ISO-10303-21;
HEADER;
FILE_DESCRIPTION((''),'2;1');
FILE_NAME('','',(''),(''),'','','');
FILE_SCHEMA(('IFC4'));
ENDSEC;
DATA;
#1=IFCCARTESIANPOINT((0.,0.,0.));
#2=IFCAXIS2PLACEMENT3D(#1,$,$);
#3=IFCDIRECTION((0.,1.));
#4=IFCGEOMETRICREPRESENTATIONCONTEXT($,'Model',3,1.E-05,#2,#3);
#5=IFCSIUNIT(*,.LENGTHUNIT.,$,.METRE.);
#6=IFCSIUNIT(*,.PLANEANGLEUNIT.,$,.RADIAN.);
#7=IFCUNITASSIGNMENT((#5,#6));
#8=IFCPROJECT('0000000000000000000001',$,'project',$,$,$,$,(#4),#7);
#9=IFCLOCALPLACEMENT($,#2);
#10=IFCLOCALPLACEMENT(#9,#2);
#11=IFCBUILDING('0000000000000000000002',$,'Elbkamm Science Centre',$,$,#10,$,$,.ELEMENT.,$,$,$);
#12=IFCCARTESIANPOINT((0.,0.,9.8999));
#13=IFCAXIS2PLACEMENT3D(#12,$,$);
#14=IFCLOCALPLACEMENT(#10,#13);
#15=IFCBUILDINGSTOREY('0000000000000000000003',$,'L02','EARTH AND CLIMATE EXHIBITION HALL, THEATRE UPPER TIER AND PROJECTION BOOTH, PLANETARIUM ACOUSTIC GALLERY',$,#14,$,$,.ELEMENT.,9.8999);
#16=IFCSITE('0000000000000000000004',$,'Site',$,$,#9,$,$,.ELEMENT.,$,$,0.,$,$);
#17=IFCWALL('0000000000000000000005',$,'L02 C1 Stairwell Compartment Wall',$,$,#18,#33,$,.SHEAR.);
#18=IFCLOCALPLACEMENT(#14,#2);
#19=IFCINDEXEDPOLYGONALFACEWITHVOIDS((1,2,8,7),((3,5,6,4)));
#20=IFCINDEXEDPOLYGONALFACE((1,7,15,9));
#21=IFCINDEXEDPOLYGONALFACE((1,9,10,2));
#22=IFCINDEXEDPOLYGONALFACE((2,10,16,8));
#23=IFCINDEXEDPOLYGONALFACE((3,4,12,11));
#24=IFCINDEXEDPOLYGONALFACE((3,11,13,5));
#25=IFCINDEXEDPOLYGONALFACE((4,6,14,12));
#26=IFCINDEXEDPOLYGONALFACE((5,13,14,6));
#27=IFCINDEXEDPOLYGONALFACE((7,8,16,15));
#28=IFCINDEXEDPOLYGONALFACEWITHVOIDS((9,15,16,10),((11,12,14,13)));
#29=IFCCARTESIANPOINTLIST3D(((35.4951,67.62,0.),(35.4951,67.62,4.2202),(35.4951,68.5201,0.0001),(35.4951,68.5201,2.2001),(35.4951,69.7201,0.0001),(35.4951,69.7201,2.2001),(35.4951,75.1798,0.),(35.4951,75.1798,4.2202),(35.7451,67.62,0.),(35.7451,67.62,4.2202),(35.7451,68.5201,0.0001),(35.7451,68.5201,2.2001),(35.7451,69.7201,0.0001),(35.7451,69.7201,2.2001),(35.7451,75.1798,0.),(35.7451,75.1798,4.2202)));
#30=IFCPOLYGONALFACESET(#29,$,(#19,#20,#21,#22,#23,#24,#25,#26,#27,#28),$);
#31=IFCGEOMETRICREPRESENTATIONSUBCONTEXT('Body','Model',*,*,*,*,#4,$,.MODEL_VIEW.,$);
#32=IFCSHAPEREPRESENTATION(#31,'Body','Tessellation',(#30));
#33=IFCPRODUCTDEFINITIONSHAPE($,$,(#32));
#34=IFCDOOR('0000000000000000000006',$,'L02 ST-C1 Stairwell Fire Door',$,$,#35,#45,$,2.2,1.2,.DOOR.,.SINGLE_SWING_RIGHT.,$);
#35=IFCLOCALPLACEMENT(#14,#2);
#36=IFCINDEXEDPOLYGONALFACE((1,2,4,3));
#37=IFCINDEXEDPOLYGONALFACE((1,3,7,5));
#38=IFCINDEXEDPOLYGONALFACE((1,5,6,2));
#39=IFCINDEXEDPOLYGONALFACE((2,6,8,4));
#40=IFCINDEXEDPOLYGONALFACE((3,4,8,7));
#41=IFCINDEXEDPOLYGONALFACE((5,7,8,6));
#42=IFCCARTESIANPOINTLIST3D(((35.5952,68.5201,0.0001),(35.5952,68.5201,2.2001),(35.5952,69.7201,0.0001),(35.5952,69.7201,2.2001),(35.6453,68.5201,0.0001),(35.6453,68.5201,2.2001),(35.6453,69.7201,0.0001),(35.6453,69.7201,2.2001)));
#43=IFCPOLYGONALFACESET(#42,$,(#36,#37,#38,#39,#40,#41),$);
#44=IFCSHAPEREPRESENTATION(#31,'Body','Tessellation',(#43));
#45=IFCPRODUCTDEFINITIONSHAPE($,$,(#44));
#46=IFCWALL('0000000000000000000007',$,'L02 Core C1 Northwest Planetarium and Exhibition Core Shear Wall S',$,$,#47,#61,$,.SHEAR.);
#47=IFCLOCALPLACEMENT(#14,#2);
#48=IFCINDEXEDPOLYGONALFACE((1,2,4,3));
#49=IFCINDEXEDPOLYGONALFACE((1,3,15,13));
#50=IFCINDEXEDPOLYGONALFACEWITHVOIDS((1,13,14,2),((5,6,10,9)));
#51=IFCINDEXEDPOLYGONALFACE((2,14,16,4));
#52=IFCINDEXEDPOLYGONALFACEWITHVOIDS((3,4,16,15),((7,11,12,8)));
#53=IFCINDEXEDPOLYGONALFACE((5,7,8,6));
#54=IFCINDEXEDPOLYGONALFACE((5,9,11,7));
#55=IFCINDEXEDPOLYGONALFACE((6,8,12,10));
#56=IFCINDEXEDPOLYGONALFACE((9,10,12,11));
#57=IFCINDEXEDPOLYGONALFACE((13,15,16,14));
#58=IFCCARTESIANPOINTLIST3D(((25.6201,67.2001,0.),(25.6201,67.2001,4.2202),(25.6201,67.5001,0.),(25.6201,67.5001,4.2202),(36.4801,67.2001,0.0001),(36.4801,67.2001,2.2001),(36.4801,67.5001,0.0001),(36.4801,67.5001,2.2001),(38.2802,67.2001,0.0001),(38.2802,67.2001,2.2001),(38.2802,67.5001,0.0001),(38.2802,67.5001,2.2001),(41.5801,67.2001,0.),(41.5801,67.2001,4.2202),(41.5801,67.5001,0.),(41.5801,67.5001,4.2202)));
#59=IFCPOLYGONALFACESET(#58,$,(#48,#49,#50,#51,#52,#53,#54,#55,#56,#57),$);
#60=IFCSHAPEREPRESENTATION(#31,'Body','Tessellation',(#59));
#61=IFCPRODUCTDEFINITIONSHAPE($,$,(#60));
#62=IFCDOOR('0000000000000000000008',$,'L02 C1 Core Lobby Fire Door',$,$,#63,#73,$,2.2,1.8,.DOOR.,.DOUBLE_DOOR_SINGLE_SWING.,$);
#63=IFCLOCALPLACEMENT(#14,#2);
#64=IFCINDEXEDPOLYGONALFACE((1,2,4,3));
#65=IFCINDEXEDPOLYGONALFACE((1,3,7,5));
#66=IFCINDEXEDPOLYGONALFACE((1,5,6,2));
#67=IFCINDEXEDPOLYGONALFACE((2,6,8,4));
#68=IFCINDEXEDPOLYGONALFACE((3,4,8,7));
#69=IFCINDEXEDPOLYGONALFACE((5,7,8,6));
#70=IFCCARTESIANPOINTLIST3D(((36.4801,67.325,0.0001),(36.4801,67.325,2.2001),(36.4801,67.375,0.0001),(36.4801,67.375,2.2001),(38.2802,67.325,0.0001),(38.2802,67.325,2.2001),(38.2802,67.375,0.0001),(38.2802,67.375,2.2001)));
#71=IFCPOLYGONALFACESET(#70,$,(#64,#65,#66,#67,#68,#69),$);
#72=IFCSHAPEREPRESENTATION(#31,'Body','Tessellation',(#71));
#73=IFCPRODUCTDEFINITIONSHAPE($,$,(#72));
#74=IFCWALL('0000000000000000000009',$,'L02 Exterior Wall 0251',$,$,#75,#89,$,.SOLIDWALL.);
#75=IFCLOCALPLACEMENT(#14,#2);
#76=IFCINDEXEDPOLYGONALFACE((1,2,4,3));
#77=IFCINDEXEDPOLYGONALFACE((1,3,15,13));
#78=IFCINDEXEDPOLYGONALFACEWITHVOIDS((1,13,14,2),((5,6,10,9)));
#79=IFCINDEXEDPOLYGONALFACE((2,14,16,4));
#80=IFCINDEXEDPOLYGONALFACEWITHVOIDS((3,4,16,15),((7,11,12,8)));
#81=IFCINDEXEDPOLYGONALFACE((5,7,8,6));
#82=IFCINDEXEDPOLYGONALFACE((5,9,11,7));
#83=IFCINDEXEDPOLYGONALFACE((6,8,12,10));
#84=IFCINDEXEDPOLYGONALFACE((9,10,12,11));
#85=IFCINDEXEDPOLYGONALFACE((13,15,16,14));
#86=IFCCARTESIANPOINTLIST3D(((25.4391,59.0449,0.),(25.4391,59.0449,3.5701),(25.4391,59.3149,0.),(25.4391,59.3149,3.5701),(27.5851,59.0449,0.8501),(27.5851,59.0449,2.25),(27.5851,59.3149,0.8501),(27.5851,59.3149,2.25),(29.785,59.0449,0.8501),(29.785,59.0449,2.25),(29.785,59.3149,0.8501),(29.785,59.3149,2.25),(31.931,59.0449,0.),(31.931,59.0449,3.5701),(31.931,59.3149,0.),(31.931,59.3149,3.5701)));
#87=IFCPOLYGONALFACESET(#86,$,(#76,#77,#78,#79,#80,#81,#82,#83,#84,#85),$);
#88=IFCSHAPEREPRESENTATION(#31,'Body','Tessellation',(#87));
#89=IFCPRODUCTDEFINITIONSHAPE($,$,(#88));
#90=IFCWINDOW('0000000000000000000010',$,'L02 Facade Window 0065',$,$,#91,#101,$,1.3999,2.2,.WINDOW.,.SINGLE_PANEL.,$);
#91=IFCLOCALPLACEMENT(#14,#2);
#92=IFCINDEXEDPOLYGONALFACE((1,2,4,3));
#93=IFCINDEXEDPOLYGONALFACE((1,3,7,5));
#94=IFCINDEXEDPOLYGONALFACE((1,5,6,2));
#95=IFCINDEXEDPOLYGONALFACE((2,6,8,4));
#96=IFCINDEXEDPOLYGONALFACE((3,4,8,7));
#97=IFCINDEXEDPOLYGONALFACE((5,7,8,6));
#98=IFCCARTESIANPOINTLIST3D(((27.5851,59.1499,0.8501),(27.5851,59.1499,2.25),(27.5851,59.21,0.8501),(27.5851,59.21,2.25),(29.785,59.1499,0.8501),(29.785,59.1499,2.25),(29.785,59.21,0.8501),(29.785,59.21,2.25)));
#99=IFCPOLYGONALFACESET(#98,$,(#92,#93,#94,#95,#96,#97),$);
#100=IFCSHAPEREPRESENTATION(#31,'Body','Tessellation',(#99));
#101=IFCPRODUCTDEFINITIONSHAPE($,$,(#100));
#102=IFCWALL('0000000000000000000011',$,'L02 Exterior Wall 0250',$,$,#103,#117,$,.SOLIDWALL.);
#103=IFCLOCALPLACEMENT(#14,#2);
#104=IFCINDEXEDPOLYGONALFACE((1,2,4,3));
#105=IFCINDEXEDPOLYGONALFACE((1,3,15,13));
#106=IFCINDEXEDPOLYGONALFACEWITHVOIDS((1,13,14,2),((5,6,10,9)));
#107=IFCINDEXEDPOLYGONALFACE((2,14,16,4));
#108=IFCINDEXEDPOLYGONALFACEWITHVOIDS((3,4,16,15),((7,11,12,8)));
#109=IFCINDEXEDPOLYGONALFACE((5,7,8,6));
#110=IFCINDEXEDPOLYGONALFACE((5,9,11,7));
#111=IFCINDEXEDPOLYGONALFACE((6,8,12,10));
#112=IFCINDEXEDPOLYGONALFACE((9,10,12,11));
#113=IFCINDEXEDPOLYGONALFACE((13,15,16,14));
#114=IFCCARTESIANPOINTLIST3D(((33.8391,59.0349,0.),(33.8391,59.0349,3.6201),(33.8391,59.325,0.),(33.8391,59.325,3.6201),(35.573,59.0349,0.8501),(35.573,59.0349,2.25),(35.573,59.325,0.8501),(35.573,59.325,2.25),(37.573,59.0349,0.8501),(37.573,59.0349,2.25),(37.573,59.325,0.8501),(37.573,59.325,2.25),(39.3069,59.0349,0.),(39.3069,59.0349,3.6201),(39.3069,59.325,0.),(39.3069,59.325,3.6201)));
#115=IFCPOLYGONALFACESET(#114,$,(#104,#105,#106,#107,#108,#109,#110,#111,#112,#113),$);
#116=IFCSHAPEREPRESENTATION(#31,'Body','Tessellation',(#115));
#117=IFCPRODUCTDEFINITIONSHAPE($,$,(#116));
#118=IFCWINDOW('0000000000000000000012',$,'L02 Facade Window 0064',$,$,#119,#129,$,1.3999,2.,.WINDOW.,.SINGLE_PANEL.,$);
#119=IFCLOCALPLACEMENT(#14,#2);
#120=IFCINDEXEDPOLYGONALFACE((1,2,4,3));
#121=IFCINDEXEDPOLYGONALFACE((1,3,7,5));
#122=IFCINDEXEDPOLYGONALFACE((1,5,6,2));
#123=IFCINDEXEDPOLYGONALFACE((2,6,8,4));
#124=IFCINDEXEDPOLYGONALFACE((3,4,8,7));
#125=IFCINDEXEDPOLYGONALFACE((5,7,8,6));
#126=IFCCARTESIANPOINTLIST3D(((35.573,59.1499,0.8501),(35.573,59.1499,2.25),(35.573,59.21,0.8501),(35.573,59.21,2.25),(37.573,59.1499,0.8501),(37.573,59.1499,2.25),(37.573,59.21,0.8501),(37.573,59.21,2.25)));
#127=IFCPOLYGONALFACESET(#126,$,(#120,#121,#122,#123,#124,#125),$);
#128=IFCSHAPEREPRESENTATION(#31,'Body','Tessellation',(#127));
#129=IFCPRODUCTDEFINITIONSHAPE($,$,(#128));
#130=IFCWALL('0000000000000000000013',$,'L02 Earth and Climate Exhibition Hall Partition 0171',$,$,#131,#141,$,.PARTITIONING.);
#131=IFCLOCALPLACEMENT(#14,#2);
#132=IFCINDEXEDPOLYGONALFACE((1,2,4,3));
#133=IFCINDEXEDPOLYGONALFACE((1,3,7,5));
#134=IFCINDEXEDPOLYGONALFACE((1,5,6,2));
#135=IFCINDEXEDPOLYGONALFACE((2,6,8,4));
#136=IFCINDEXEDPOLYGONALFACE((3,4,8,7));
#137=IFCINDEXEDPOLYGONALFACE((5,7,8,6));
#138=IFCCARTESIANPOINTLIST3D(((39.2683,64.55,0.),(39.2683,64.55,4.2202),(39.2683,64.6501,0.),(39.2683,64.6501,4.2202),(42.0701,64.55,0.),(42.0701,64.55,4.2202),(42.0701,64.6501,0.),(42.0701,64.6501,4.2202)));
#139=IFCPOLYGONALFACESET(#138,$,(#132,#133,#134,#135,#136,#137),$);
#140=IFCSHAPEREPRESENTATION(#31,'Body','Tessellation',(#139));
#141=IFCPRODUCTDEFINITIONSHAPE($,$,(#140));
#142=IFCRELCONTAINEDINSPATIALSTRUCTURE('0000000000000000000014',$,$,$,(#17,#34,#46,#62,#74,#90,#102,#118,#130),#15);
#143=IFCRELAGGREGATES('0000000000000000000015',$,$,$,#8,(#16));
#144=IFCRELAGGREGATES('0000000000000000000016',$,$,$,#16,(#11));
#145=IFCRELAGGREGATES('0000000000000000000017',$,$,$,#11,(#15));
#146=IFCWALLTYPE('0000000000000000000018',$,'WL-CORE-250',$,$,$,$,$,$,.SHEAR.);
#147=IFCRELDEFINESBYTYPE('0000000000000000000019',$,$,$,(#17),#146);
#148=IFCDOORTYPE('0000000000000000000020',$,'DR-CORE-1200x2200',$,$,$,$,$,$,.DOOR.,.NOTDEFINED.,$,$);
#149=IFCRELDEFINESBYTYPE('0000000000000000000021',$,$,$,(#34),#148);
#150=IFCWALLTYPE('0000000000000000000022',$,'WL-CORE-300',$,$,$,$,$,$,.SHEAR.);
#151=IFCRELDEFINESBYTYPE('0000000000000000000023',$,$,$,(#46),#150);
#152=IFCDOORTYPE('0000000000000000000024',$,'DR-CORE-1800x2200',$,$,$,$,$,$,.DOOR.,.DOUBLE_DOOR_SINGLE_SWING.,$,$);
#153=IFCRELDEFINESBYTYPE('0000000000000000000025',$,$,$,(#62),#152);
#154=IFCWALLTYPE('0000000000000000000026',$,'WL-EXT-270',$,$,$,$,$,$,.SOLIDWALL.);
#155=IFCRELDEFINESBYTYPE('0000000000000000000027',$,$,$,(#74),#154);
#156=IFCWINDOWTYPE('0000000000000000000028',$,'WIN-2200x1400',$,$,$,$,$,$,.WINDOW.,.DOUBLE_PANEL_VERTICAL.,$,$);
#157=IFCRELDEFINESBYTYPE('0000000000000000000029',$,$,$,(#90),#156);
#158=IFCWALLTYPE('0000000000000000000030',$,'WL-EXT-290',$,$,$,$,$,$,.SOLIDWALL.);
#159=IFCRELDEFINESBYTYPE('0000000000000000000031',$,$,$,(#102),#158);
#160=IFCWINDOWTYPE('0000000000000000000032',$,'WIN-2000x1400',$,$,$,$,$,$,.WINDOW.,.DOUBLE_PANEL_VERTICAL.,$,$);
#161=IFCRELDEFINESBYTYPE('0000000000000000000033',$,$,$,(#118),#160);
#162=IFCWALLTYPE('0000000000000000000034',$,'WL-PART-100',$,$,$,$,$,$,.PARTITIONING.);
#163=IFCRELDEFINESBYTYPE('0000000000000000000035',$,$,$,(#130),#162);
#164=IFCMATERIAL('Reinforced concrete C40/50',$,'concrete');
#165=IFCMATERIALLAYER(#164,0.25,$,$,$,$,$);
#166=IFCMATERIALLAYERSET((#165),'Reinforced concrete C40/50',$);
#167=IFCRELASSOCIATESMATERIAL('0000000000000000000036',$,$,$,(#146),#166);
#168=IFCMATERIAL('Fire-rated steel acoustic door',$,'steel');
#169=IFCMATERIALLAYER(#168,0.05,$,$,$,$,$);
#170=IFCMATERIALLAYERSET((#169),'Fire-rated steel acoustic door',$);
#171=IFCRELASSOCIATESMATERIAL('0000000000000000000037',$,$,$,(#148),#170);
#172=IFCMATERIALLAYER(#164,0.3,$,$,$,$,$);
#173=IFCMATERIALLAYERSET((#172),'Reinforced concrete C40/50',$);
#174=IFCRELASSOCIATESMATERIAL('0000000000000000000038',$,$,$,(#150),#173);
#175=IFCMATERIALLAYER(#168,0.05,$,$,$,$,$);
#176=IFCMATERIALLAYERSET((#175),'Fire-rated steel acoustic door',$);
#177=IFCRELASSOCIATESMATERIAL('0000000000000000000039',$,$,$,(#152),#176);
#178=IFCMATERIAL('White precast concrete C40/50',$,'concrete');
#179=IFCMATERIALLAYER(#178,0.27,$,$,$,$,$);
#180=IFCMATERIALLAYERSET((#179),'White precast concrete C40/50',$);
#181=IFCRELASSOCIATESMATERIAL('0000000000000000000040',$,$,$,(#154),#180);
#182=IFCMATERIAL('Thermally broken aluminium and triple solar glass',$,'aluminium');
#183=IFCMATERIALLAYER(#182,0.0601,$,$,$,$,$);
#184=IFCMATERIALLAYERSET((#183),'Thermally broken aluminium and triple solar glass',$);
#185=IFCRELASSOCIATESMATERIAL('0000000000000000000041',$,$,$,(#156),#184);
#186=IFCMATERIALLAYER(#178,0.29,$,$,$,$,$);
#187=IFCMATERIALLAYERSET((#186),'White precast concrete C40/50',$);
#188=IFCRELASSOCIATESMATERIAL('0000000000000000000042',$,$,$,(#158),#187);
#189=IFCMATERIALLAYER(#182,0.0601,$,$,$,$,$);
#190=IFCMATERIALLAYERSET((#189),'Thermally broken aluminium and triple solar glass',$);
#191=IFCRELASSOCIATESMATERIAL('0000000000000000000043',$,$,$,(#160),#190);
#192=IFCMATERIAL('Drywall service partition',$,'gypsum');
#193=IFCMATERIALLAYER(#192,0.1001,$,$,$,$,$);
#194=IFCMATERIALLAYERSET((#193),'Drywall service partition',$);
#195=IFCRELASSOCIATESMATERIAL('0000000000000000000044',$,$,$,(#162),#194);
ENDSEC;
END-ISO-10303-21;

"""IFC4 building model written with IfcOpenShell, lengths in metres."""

from ifc_helpers import new_model, si_unit, direction, frame, frame_2d, origin, place, context, subcontext, project, spatial, rectangle, extrude, material, layer, layer_set, type_object, element, fill, save


model = new_model("IFC4")

# Units and contexts
model_context = context("Model", 3, precision=1e-05, world=origin(), true_north=direction((0.0, 1.0)))
body_context = subcontext(model_context, "Body", "Model", "MODEL_VIEW")
ifc_project = project(units=[si_unit("LENGTHUNIT", "METRE"), si_unit("PLANEANGLEUNIT", "RADIAN")], contexts=[model_context])

# Site, building, storey
site_placement = place(None, origin())
site = spatial("IfcSite", under=ifc_project, at=site_placement, Name="Site", CompositionType="ELEMENT", RefElevation=0.0)
building_placement = place(site_placement, origin())
building = spatial("IfcBuilding", under=site, at=building_placement, Name="Elbkamm Science Centre", CompositionType="ELEMENT")
storey_placement = place(building_placement, frame((0.0, 0.0, 9.8999)))
storey = spatial("IfcBuildingStorey", under=building, at=storey_placement, Name="L02", Description="EARTH AND CLIMATE EXHIBITION HALL, THEATRE UPPER TIER AND PROJECTION BOOTH, PLANETARIUM ACOUSTIC GALLERY", CompositionType="ELEMENT", Elevation=9.8999)

# Shared definitions
ifc_material_1 = material(Name="Reinforced concrete C40/50", Category="concrete")
ifc_layer_1 = layer(ifc_material_1, 0.25)
ifc_layer_set_1 = layer_set([ifc_layer_1], Name="Reinforced concrete C40/50")
wall_type_1 = type_object("IfcWallType", Name="WL-CORE-250", PredefinedType="SHEAR", material=ifc_layer_set_1)

# Walls, openings, doors
wall_1_placement = place(storey_placement, frame((35.6201, 67.6201, 0.0), z_axis=(0.0, 0.0, 1.0), x_axis=(0.0, 1.0, 0.0)))
wall_1 = element("IfcWall", 1, at=wall_1_placement, inside=storey, type_object=wall_type_1, Name="L02 C1 Stairwell Compartment Wall", PredefinedType="SHEAR", context=body_context, shape_type="SweptSolid", body=[
    extrude(rectangle(XDim=7.5598, YDim=0.25, at=frame_2d((3.7798, 0.0))), origin(), (0.0, 0.0, 1.0), 4.2202),
])
opening_1_placement = place(wall_1_placement, frame((0.8999, 0.0, 0.0)))
opening_1 = element("IfcOpeningElement", 2, at=opening_1_placement, cuts=wall_1, PredefinedType="OPENING", context=body_context, shape_type="SweptSolid", body=[
    extrude(rectangle(XDim=1.2, YDim=2.2, at=frame_2d((0.6001, 1.1001))), frame((0.0, 0.137, 0.0), z_axis=(0.0, -1.0, 0.0), x_axis=(1.0, 0.0, 0.0)), (0.0, 0.0, 1.0), 0.2739),
])
ifc_material_2 = material(Name="Fire-rated steel acoustic door", Category="steel")
ifc_layer_2 = layer(ifc_material_2, 0.05)
ifc_layer_set_2 = layer_set([ifc_layer_2], Name="Fire-rated steel acoustic door")
door_type_1 = type_object("IfcDoorType", Name="DR-CORE-1200x2200", OperationType="NOTDEFINED", PredefinedType="DOOR", material=ifc_layer_set_2)
door_1_placement = place(opening_1_placement, origin())
door_1 = element("IfcDoor", 3, at=door_1_placement, inside=storey, type_object=door_type_1, Name="L02 ST-C1 Stairwell Fire Door", OperationType="SINGLE_SWING_RIGHT", OverallHeight=2.2, OverallWidth=1.2, PredefinedType="DOOR", context=body_context, shape_type="SweptSolid", body=[
    extrude(rectangle(XDim=1.2, YDim=2.2, at=frame_2d((0.6001, 1.1001))), frame((0.0, 0.0249, 0.0), z_axis=(0.0, -1.0, 0.0), x_axis=(1.0, 0.0, 0.0)), (0.0, 0.0, 1.0), 0.05),
])
fill(opening_1, door_1)
ifc_layer_3 = layer(ifc_material_1, 0.3)
ifc_layer_set_3 = layer_set([ifc_layer_3], Name="Reinforced concrete C40/50")
wall_type_2 = type_object("IfcWallType", Name="WL-CORE-300", PredefinedType="SHEAR", material=ifc_layer_set_3)
wall_2_placement = place(storey_placement, frame((25.6201, 67.3501, 0.0), z_axis=(0.0, 0.0, 1.0), x_axis=(1.0, 0.0, 0.0)))
wall_2 = element("IfcWall", 4, at=wall_2_placement, inside=storey, type_object=wall_type_2, Name="L02 Core C1 Northwest Planetarium and Exhibition Core Shear Wall S", PredefinedType="SHEAR", context=body_context, shape_type="SweptSolid", body=[
    extrude(rectangle(XDim=15.96, YDim=0.3, at=frame_2d((7.98, 0.0))), origin(), (0.0, 0.0, 1.0), 4.2202),
])
opening_2_placement = place(wall_2_placement, frame((10.8601, 0.0, 0.0)))
opening_2 = element("IfcOpeningElement", 5, at=opening_2_placement, cuts=wall_2, PredefinedType="OPENING", context=body_context, shape_type="SweptSolid", body=[
    extrude(rectangle(XDim=1.8, YDim=2.2, at=frame_2d((0.8999, 1.1001))), frame((0.0, 0.1621, 0.0), z_axis=(0.0, -1.0, 0.0), x_axis=(1.0, 0.0, 0.0)), (0.0, 0.0, 1.0), 0.324),
])
ifc_layer_4 = layer(ifc_material_2, 0.05)
ifc_layer_set_4 = layer_set([ifc_layer_4], Name="Fire-rated steel acoustic door")
door_type_2 = type_object("IfcDoorType", Name="DR-CORE-1800x2200", OperationType="DOUBLE_DOOR_SINGLE_SWING", PredefinedType="DOOR", material=ifc_layer_set_4)
door_2_placement = place(opening_2_placement, origin())
door_2 = element("IfcDoor", 6, at=door_2_placement, inside=storey, type_object=door_type_2, Name="L02 C1 Core Lobby Fire Door", OperationType="DOUBLE_DOOR_SINGLE_SWING", OverallHeight=2.2, OverallWidth=1.8, PredefinedType="DOOR", context=body_context, shape_type="SweptSolid", body=[
    extrude(rectangle(XDim=1.8, YDim=2.2, at=frame_2d((0.8999, 1.1001))), frame((0.0, 0.0249, 0.0), z_axis=(0.0, -1.0, 0.0), x_axis=(1.0, 0.0, 0.0)), (0.0, 0.0, 1.0), 0.05),
])
fill(opening_2, door_2)

# Walls, openings, windows
ifc_material_3 = material(Name="White precast concrete C40/50", Category="concrete")
ifc_layer_5 = layer(ifc_material_3, 0.27)
ifc_layer_set_5 = layer_set([ifc_layer_5], Name="White precast concrete C40/50")
wall_type_3 = type_object("IfcWallType", Name="WL-EXT-270", PredefinedType="SOLIDWALL", material=ifc_layer_set_5)
wall_3_placement = place(storey_placement, frame((31.9312, 59.1799, 0.0), z_axis=(0.0, 0.0, 1.0), x_axis=(-1.0, 0.0, 0.0)))
wall_3 = element("IfcWall", 7, at=wall_3_placement, inside=storey, type_object=wall_type_3, Name="L02 Exterior Wall 0251", PredefinedType="SOLIDWALL", context=body_context, shape_type="SweptSolid", body=[
    extrude(rectangle(XDim=6.4919, YDim=0.27, at=frame_2d((3.2461, 0.0))), origin(), (0.0, 0.0, 1.0), 3.5701),
])
opening_3_placement = place(wall_3_placement, frame((2.146, 0.0, 0.8501)))
opening_3 = element("IfcOpeningElement", 8, at=opening_3_placement, cuts=wall_3, PredefinedType="OPENING", context=body_context, shape_type="SweptSolid", body=[
    extrude(rectangle(XDim=2.2, YDim=1.3999, at=frame_2d((1.1001, 0.7))), frame((0.0, 0.147, 0.0), z_axis=(0.0, -1.0, 0.0), x_axis=(1.0, 0.0, 0.0)), (0.0, 0.0, 1.0), 0.2939),
])
ifc_material_4 = material(Name="Thermally broken aluminium and triple solar glass", Category="aluminium")
ifc_layer_6 = layer(ifc_material_4, 0.0601)
ifc_layer_set_6 = layer_set([ifc_layer_6], Name="Thermally broken aluminium and triple solar glass")
window_type_1 = type_object("IfcWindowType", Name="WIN-2200x1400", PartitioningType="DOUBLE_PANEL_VERTICAL", PredefinedType="WINDOW", material=ifc_layer_set_6)
window_1_placement = place(opening_3_placement, origin())
window_1 = element("IfcWindow", 9, at=window_1_placement, inside=storey, type_object=window_type_1, Name="L02 Facade Window 0065", OverallHeight=1.3999, OverallWidth=2.2, PartitioningType="SINGLE_PANEL", PredefinedType="WINDOW", context=body_context, shape_type="SweptSolid", body=[
    extrude(rectangle(XDim=2.2, YDim=1.3999, at=frame_2d((1.1001, 0.7))), frame((0.0, 0.03, 0.0), z_axis=(0.0, -1.0, 0.0), x_axis=(1.0, 0.0, 0.0)), (0.0, 0.0, 1.0), 0.0601),
])
fill(opening_3, window_1)
ifc_layer_7 = layer(ifc_material_3, 0.29)
ifc_layer_set_7 = layer_set([ifc_layer_7], Name="White precast concrete C40/50")
wall_type_4 = type_object("IfcWallType", Name="WL-EXT-290", PredefinedType="SOLIDWALL", material=ifc_layer_set_7)
wall_4_placement = place(storey_placement, frame((39.3069, 59.1799, 0.0), z_axis=(0.0, 0.0, 1.0), x_axis=(-1.0, 0.0, 0.0)))
wall_4 = element("IfcWall", 10, at=wall_4_placement, inside=storey, type_object=wall_type_4, Name="L02 Exterior Wall 0250", PredefinedType="SOLIDWALL", context=body_context, shape_type="SweptSolid", body=[
    extrude(rectangle(XDim=5.4678, YDim=0.29, at=frame_2d((2.7339, 0.0))), origin(), (0.0, 0.0, 1.0), 3.6201),
])
opening_4_placement = place(wall_4_placement, frame((1.7339, 0.0, 0.8501)))
opening_4 = element("IfcOpeningElement", 11, at=opening_4_placement, cuts=wall_4, PredefinedType="OPENING", context=body_context, shape_type="SweptSolid", body=[
    extrude(rectangle(XDim=2.0, YDim=1.3999, at=frame_2d((1.0, 0.7))), frame((0.0, 0.157, 0.0), z_axis=(0.0, -1.0, 0.0), x_axis=(1.0, 0.0, 0.0)), (0.0, 0.0, 1.0), 0.314),
])
ifc_layer_8 = layer(ifc_material_4, 0.0601)
ifc_layer_set_8 = layer_set([ifc_layer_8], Name="Thermally broken aluminium and triple solar glass")
window_type_2 = type_object("IfcWindowType", Name="WIN-2000x1400", PartitioningType="DOUBLE_PANEL_VERTICAL", PredefinedType="WINDOW", material=ifc_layer_set_8)
window_2_placement = place(opening_4_placement, origin())
window_2 = element("IfcWindow", 12, at=window_2_placement, inside=storey, type_object=window_type_2, Name="L02 Facade Window 0064", OverallHeight=1.3999, OverallWidth=2.0, PartitioningType="SINGLE_PANEL", PredefinedType="WINDOW", context=body_context, shape_type="SweptSolid", body=[
    extrude(rectangle(XDim=2.0, YDim=1.3999, at=frame_2d((1.0, 0.7))), frame((0.0, 0.03, 0.0), z_axis=(0.0, -1.0, 0.0), x_axis=(1.0, 0.0, 0.0)), (0.0, 0.0, 1.0), 0.0601),
])
fill(opening_4, window_2)

# Wall
ifc_material_5 = material(Name="Drywall service partition", Category="gypsum")
ifc_layer_9 = layer(ifc_material_5, 0.1001)
ifc_layer_set_9 = layer_set([ifc_layer_9], Name="Drywall service partition")
wall_type_5 = type_object("IfcWallType", Name="WL-PART-100", PredefinedType="PARTITIONING", material=ifc_layer_set_9)
wall_5_placement = place(storey_placement, frame((39.2683, 64.6001, 0.0), z_axis=(0.0, 0.0, 1.0), x_axis=(1.0, 0.0, 0.0)))
element("IfcWall", 13, at=wall_5_placement, inside=storey, type_object=wall_type_5, Name="L02 Earth and Climate Exhibition Hall Partition 0171", PredefinedType="PARTITIONING", context=body_context, shape_type="SweptSolid", body=[
    extrude(rectangle(XDim=2.8018, YDim=0.1001, at=frame_2d((1.4009, 0.0))), origin(), (0.0, 0.0, 1.0), 4.2202),
])

save(model, "model.ifc")
